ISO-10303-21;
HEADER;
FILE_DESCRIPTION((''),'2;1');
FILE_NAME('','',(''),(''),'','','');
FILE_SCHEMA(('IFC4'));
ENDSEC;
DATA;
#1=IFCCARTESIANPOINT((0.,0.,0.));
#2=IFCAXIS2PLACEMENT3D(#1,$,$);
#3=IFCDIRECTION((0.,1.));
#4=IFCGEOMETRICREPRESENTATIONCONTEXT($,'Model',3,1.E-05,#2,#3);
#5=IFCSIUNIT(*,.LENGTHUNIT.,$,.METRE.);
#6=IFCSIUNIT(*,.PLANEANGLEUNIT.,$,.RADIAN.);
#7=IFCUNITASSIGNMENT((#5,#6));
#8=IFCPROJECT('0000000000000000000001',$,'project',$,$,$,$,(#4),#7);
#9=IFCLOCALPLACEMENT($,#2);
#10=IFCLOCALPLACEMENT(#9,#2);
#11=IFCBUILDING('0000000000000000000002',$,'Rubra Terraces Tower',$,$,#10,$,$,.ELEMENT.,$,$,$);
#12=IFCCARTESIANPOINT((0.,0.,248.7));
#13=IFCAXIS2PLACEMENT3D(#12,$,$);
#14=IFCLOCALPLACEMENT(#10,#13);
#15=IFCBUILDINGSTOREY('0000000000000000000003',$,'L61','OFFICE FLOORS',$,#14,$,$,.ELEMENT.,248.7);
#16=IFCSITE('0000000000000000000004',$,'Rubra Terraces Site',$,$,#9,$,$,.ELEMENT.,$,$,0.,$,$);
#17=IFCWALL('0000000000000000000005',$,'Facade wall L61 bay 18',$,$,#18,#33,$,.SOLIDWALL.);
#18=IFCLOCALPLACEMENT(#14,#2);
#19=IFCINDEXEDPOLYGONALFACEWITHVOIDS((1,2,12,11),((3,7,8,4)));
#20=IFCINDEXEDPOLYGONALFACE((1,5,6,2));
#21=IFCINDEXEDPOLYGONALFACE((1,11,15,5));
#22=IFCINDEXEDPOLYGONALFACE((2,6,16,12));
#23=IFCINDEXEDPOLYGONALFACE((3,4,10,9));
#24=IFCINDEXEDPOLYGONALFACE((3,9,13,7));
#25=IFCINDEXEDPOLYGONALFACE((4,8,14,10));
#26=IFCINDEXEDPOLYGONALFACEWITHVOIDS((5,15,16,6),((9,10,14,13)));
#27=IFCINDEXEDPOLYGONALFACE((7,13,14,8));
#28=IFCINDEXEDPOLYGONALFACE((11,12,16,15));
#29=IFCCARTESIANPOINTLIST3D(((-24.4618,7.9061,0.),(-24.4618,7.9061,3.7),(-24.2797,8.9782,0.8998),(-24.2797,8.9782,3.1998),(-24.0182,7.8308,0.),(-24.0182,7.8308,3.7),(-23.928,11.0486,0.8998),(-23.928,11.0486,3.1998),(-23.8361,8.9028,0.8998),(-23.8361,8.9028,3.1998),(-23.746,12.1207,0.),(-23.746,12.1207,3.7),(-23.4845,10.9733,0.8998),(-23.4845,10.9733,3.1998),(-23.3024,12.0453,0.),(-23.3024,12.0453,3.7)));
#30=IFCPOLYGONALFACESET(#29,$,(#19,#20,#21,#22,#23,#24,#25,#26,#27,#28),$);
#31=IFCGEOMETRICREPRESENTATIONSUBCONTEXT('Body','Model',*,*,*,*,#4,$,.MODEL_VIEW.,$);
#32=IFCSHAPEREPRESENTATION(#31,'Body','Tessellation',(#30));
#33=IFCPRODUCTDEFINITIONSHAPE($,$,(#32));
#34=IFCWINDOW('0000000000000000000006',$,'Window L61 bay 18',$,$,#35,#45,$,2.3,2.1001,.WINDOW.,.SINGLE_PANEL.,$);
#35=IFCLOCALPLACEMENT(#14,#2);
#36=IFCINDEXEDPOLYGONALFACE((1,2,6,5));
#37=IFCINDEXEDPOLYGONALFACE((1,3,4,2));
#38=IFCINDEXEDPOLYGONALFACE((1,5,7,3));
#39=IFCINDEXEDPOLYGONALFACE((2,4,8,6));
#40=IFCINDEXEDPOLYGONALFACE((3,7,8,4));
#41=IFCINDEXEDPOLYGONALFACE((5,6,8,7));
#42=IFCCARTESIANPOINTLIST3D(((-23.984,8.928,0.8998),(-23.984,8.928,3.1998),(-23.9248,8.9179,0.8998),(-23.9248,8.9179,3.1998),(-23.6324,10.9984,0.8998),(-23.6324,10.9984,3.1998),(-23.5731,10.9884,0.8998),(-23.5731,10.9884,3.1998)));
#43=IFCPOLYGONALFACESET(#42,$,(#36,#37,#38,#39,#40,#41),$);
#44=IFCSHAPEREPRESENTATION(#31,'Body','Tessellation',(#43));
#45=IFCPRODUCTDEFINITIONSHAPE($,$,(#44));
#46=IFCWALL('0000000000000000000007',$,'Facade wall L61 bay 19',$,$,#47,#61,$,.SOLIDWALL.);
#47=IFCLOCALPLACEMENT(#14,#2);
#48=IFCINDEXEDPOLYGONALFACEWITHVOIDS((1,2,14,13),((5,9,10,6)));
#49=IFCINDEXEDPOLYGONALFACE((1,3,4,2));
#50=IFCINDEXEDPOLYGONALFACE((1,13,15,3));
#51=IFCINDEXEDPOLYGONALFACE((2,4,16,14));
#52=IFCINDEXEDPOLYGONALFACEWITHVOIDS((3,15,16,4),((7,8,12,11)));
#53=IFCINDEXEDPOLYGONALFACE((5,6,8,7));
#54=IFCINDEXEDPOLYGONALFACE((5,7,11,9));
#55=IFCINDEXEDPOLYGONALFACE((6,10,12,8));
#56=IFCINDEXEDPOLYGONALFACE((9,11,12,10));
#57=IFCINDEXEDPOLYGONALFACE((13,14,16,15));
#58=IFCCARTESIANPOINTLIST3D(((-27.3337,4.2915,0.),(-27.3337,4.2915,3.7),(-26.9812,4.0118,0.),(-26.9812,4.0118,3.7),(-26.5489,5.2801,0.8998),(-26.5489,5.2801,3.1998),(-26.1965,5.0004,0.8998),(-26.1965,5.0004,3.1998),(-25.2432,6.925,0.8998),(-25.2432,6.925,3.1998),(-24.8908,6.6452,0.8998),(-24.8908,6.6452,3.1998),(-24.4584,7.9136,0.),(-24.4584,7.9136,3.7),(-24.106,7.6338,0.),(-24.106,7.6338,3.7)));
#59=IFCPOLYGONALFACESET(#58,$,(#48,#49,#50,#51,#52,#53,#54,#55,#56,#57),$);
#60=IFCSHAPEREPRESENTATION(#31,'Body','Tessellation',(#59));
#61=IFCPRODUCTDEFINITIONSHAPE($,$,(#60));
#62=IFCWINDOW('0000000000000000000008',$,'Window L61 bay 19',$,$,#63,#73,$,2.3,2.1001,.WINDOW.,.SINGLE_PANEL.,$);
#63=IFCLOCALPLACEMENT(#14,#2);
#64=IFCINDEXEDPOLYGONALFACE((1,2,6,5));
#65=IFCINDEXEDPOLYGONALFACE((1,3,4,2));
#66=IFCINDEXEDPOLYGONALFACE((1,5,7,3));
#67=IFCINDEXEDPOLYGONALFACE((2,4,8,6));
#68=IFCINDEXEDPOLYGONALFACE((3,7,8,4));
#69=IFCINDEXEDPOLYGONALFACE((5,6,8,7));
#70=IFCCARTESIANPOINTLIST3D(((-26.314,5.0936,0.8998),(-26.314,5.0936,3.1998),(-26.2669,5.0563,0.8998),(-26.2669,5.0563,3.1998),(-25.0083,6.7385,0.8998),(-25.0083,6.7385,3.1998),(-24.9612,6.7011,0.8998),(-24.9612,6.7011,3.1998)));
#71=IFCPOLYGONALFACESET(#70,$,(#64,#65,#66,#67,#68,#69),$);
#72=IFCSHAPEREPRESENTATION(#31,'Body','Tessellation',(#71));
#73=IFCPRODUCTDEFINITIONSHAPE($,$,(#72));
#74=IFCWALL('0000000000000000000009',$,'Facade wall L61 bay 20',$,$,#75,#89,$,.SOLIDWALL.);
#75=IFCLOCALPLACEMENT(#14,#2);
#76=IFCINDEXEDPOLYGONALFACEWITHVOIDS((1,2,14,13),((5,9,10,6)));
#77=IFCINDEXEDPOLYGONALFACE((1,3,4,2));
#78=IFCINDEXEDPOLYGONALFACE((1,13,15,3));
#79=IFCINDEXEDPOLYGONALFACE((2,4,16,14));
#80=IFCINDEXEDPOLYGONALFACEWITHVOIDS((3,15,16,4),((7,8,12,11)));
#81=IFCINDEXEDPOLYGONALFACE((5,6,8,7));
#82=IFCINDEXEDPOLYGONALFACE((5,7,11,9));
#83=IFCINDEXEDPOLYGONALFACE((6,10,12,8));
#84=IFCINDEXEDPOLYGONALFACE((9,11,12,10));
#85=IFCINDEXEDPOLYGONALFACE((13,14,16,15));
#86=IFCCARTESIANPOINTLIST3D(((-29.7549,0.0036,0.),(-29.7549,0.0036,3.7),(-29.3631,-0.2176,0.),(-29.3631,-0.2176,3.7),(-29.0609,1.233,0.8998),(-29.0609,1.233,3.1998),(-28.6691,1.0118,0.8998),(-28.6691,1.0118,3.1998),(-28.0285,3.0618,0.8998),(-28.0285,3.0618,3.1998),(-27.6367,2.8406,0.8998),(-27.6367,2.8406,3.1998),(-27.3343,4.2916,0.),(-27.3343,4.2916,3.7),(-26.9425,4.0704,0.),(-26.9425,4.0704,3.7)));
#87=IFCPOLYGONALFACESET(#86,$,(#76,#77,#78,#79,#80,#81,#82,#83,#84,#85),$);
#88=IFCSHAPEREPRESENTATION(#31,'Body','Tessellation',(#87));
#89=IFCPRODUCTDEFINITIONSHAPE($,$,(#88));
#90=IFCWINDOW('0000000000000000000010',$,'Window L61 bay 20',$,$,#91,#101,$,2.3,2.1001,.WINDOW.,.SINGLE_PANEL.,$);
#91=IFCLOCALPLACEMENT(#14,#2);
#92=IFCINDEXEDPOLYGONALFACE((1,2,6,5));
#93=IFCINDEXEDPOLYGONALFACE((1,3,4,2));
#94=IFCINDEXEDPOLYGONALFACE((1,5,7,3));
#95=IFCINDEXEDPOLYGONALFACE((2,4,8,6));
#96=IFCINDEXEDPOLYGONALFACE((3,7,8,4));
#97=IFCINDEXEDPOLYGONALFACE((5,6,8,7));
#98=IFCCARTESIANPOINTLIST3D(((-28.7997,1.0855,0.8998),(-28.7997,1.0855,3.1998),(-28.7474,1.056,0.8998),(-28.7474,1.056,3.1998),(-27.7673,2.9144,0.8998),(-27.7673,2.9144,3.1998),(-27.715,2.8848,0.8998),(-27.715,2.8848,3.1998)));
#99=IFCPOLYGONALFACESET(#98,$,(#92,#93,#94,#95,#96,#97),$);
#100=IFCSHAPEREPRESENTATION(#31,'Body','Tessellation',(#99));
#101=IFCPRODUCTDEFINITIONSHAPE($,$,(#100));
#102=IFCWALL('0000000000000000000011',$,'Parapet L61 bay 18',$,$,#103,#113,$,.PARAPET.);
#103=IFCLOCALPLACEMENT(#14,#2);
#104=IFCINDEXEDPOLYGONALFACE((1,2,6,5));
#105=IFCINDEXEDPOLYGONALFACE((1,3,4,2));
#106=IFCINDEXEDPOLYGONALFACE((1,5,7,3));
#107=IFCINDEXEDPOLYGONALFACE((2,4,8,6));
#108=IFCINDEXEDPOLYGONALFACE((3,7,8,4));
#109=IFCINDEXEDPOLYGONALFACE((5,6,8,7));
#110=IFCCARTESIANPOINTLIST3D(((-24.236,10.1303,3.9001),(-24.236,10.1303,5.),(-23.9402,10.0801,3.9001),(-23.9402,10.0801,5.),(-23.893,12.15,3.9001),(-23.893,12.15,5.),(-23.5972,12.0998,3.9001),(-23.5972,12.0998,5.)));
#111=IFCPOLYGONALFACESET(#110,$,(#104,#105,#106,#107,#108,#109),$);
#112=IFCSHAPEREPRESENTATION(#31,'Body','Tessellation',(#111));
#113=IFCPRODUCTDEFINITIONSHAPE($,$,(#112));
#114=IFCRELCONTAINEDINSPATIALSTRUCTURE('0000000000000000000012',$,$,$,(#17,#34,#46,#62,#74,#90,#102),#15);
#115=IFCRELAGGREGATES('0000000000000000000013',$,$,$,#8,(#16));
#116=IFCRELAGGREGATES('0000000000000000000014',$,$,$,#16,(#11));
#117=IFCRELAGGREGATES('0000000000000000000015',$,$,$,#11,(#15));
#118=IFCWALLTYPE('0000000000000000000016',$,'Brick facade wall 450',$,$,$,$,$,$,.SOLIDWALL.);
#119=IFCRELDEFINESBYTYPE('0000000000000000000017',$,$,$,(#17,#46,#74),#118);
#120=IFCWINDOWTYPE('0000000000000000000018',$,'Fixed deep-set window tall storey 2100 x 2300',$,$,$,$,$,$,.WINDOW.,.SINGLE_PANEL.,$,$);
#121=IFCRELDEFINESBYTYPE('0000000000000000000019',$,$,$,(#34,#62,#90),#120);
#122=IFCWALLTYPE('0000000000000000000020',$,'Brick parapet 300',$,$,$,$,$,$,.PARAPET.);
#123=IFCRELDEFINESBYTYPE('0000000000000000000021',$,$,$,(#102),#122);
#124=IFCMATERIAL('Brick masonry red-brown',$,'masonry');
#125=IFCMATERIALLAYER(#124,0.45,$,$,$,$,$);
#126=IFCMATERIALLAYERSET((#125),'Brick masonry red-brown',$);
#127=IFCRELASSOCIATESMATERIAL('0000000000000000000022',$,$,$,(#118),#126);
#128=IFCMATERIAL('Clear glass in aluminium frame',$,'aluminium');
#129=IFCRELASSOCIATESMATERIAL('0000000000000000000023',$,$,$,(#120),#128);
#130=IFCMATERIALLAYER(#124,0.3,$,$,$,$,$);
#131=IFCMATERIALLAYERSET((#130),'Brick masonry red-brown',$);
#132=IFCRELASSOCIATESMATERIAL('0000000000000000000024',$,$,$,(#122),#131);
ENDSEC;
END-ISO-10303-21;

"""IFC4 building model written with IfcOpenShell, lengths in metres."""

from ifc_helpers import new_model, si_unit, direction, frame, frame_2d, origin, place, context, subcontext, project, spatial, rectangle, extrude, material, layer, layer_set, type_object, element, fill, save


model = new_model("IFC4")

# Units and contexts
model_context = context("Model", 3, precision=1e-05, world=origin(), true_north=direction((0.0, 1.0)))
body_context = subcontext(model_context, "Body", "Model", "MODEL_VIEW")
ifc_project = project(units=[si_unit("LENGTHUNIT", "METRE"), si_unit("PLANEANGLEUNIT", "RADIAN")], contexts=[model_context])

# Site, building, storey
site_placement = place(None, origin())
site = spatial("IfcSite", under=ifc_project, at=site_placement, Name="Rubra Terraces Site", CompositionType="ELEMENT", RefElevation=0.0)
building_placement = place(site_placement, origin())
building = spatial("IfcBuilding", under=site, at=building_placement, Name="Rubra Terraces Tower", CompositionType="ELEMENT")
storey_placement = place(building_placement, frame((0.0, 0.0, 248.7)))
storey = spatial("IfcBuildingStorey", under=building, at=storey_placement, Name="L61", Description="OFFICE FLOORS", CompositionType="ELEMENT", Elevation=248.7)

# Walls, openings, windows
ifc_material_1 = material(Name="Brick masonry red-brown", Category="masonry")
ifc_layer_1 = layer(ifc_material_1, 0.45)
ifc_layer_set_1 = layer_set([ifc_layer_1], Name="Brick masonry red-brown")
wall_type_1 = type_object("IfcWallType", Name="Brick facade wall 450", PredefinedType="SOLIDWALL", material=ifc_layer_set_1)
wall_1_placement = place(storey_placement, frame((-23.5242, 12.083, 0.0), z_axis=(0.0, 0.0, 1.0), x_axis=(-0.167445, -0.985881, 0.0)))
wall_1 = element("IfcWall", 1, at=wall_1_placement, inside=storey, type_object=wall_type_1, Name="Facade wall L61 bay 18", PredefinedType="SOLIDWALL", context=body_context, shape_type="SweptSolid", body=[
    extrude(rectangle(XDim=4.2749, YDim=0.45, at=frame_2d((2.1375, 0.0))), origin(), (0.0, 0.0, 1.0), 3.7),
])
opening_1_placement = place(wall_1_placement, frame((1.0874, 0.0, 0.8999)))
opening_1 = element("IfcOpeningElement", 2, at=opening_1_placement, cuts=wall_1, PredefinedType="OPENING", context=body_context, shape_type="SweptSolid", body=[
    extrude(rectangle(XDim=2.1001, YDim=2.3, at=frame_2d((1.05, 1.1499))), frame((0.0, 0.2349, 0.0), z_axis=(0.0, -1.0, 0.0), x_axis=(1.0, 0.0, 0.0)), (0.0, 0.0, 1.0), 0.47),
])
ifc_material_2 = material(Name="Clear glass in aluminium frame", Category="aluminium")
window_type = type_object("IfcWindowType", Name="Fixed deep-set window tall storey 2100 x 2300", PartitioningType="SINGLE_PANEL", PredefinedType="WINDOW", material=ifc_material_2)
window_1_placement = place(opening_1_placement, origin())
window_1 = element("IfcWindow", 3, at=window_1_placement, inside=storey, type_object=window_type, Name="Window L61 bay 18", OverallHeight=2.3, OverallWidth=2.1001, PartitioningType="SINGLE_PANEL", PredefinedType="WINDOW", context=body_context, shape_type="SweptSolid", body=[
    extrude(rectangle(XDim=2.1001, YDim=2.3, at=frame_2d((1.05, 1.1499))), frame((0.0, 0.135, 0.0), z_axis=(0.0, -1.0, 0.0), x_axis=(1.0, 0.0, 0.0)), (0.0, 0.0, 1.0), 0.0601),
])
fill(opening_1, window_1)
wall_2_placement = place(storey_placement, frame((-24.2822, 7.7737, 0.0), z_axis=(0.0, 0.0, 1.0), x_axis=(-0.621735, -0.783227, 0.0)))
wall_2 = element("IfcWall", 4, at=wall_2_placement, inside=storey, type_object=wall_type_1, Name="Facade wall L61 bay 19", PredefinedType="SOLIDWALL", context=body_context, shape_type="SweptSolid", body=[
    extrude(rectangle(XDim=4.6245, YDim=0.45, at=frame_2d((2.3123, 0.0))), origin(), (0.0, 0.0, 1.0), 3.7),
])
opening_2_placement = place(wall_2_placement, frame((1.2622, 0.0, 0.8999)))
opening_2 = element("IfcOpeningElement", 5, at=opening_2_placement, cuts=wall_2, PredefinedType="OPENING", context=body_context, shape_type="SweptSolid", body=[
    extrude(rectangle(XDim=2.1001, YDim=2.3, at=frame_2d((1.05, 1.1499))), frame((0.0, 0.2349, 0.0), z_axis=(0.0, -1.0, 0.0), x_axis=(1.0, 0.0, 0.0)), (0.0, 0.0, 1.0), 0.47),
])
window_2_placement = place(opening_2_placement, origin())
window_2 = element("IfcWindow", 6, at=window_2_placement, inside=storey, type_object=window_type, Name="Window L61 bay 19", OverallHeight=2.3, OverallWidth=2.1001, PartitioningType="SINGLE_PANEL", PredefinedType="WINDOW", context=body_context, shape_type="SweptSolid", body=[
    extrude(rectangle(XDim=2.1001, YDim=2.3, at=frame_2d((1.05, 1.1499))), frame((0.0, 0.135, 0.0), z_axis=(0.0, -1.0, 0.0), x_axis=(1.0, 0.0, 0.0)), (0.0, 0.0, 1.0), 0.0601),
])
fill(opening_2, window_2)
wall_3_placement = place(storey_placement, frame((-27.1384, 4.1809, 0.0), z_axis=(0.0, 0.0, 1.0), x_axis=(-0.491588, -0.870828, 0.0)))
wall_3 = element("IfcWall", 7, at=wall_3_placement, inside=storey, type_object=wall_type_1, Name="Facade wall L61 bay 20", PredefinedType="SOLIDWALL", context=body_context, shape_type="SweptSolid", body=[
    extrude(rectangle(XDim=4.9241, YDim=0.45, at=frame_2d((2.4619, 0.0))), origin(), (0.0, 0.0, 1.0), 3.7),
])
opening_3_placement = place(wall_3_placement, frame((1.4121, 0.0, 0.8999)))
opening_3 = element("IfcOpeningElement", 8, at=opening_3_placement, cuts=wall_3, PredefinedType="OPENING", context=body_context, shape_type="SweptSolid", body=[
    extrude(rectangle(XDim=2.1001, YDim=2.3, at=frame_2d((1.05, 1.1499))), frame((0.0, 0.2349, 0.0), z_axis=(0.0, -1.0, 0.0), x_axis=(1.0, 0.0, 0.0)), (0.0, 0.0, 1.0), 0.47),
])
window_3_placement = place(opening_3_placement, origin())
window_3 = element("IfcWindow", 9, at=window_3_placement, inside=storey, type_object=window_type, Name="Window L61 bay 20", OverallHeight=2.3, OverallWidth=2.1001, PartitioningType="SINGLE_PANEL", PredefinedType="WINDOW", context=body_context, shape_type="SweptSolid", body=[
    extrude(rectangle(XDim=2.1001, YDim=2.3, at=frame_2d((1.05, 1.1499))), frame((0.0, 0.135, 0.0), z_axis=(0.0, -1.0, 0.0), x_axis=(1.0, 0.0, 0.0)), (0.0, 0.0, 1.0), 0.0601),
])
fill(opening_3, window_3)

# Wall
ifc_layer_2 = layer(ifc_material_1, 0.3)
ifc_layer_set_2 = layer_set([ifc_layer_2], Name="Brick masonry red-brown")
wall_type_2 = type_object("IfcWallType", Name="Brick parapet 300", PredefinedType="PARAPET", material=ifc_layer_set_2)
wall_4_placement = place(storey_placement, frame((-23.7451, 12.125, 3.9001), z_axis=(0.0, 0.0, 1.0), x_axis=(-0.167432, -0.985884, 0.0)))
element("IfcWall", 10, at=wall_4_placement, inside=storey, type_object=wall_type_2, Name="Parapet L61 bay 18", PredefinedType="PARAPET", context=body_context, shape_type="SweptSolid", body=[
    extrude(rectangle(XDim=2.0486, YDim=0.3, at=frame_2d((1.0244, 0.0))), origin(), (0.0, 0.0, 1.0), 1.0999),
])

save(model, "model.ifc")
